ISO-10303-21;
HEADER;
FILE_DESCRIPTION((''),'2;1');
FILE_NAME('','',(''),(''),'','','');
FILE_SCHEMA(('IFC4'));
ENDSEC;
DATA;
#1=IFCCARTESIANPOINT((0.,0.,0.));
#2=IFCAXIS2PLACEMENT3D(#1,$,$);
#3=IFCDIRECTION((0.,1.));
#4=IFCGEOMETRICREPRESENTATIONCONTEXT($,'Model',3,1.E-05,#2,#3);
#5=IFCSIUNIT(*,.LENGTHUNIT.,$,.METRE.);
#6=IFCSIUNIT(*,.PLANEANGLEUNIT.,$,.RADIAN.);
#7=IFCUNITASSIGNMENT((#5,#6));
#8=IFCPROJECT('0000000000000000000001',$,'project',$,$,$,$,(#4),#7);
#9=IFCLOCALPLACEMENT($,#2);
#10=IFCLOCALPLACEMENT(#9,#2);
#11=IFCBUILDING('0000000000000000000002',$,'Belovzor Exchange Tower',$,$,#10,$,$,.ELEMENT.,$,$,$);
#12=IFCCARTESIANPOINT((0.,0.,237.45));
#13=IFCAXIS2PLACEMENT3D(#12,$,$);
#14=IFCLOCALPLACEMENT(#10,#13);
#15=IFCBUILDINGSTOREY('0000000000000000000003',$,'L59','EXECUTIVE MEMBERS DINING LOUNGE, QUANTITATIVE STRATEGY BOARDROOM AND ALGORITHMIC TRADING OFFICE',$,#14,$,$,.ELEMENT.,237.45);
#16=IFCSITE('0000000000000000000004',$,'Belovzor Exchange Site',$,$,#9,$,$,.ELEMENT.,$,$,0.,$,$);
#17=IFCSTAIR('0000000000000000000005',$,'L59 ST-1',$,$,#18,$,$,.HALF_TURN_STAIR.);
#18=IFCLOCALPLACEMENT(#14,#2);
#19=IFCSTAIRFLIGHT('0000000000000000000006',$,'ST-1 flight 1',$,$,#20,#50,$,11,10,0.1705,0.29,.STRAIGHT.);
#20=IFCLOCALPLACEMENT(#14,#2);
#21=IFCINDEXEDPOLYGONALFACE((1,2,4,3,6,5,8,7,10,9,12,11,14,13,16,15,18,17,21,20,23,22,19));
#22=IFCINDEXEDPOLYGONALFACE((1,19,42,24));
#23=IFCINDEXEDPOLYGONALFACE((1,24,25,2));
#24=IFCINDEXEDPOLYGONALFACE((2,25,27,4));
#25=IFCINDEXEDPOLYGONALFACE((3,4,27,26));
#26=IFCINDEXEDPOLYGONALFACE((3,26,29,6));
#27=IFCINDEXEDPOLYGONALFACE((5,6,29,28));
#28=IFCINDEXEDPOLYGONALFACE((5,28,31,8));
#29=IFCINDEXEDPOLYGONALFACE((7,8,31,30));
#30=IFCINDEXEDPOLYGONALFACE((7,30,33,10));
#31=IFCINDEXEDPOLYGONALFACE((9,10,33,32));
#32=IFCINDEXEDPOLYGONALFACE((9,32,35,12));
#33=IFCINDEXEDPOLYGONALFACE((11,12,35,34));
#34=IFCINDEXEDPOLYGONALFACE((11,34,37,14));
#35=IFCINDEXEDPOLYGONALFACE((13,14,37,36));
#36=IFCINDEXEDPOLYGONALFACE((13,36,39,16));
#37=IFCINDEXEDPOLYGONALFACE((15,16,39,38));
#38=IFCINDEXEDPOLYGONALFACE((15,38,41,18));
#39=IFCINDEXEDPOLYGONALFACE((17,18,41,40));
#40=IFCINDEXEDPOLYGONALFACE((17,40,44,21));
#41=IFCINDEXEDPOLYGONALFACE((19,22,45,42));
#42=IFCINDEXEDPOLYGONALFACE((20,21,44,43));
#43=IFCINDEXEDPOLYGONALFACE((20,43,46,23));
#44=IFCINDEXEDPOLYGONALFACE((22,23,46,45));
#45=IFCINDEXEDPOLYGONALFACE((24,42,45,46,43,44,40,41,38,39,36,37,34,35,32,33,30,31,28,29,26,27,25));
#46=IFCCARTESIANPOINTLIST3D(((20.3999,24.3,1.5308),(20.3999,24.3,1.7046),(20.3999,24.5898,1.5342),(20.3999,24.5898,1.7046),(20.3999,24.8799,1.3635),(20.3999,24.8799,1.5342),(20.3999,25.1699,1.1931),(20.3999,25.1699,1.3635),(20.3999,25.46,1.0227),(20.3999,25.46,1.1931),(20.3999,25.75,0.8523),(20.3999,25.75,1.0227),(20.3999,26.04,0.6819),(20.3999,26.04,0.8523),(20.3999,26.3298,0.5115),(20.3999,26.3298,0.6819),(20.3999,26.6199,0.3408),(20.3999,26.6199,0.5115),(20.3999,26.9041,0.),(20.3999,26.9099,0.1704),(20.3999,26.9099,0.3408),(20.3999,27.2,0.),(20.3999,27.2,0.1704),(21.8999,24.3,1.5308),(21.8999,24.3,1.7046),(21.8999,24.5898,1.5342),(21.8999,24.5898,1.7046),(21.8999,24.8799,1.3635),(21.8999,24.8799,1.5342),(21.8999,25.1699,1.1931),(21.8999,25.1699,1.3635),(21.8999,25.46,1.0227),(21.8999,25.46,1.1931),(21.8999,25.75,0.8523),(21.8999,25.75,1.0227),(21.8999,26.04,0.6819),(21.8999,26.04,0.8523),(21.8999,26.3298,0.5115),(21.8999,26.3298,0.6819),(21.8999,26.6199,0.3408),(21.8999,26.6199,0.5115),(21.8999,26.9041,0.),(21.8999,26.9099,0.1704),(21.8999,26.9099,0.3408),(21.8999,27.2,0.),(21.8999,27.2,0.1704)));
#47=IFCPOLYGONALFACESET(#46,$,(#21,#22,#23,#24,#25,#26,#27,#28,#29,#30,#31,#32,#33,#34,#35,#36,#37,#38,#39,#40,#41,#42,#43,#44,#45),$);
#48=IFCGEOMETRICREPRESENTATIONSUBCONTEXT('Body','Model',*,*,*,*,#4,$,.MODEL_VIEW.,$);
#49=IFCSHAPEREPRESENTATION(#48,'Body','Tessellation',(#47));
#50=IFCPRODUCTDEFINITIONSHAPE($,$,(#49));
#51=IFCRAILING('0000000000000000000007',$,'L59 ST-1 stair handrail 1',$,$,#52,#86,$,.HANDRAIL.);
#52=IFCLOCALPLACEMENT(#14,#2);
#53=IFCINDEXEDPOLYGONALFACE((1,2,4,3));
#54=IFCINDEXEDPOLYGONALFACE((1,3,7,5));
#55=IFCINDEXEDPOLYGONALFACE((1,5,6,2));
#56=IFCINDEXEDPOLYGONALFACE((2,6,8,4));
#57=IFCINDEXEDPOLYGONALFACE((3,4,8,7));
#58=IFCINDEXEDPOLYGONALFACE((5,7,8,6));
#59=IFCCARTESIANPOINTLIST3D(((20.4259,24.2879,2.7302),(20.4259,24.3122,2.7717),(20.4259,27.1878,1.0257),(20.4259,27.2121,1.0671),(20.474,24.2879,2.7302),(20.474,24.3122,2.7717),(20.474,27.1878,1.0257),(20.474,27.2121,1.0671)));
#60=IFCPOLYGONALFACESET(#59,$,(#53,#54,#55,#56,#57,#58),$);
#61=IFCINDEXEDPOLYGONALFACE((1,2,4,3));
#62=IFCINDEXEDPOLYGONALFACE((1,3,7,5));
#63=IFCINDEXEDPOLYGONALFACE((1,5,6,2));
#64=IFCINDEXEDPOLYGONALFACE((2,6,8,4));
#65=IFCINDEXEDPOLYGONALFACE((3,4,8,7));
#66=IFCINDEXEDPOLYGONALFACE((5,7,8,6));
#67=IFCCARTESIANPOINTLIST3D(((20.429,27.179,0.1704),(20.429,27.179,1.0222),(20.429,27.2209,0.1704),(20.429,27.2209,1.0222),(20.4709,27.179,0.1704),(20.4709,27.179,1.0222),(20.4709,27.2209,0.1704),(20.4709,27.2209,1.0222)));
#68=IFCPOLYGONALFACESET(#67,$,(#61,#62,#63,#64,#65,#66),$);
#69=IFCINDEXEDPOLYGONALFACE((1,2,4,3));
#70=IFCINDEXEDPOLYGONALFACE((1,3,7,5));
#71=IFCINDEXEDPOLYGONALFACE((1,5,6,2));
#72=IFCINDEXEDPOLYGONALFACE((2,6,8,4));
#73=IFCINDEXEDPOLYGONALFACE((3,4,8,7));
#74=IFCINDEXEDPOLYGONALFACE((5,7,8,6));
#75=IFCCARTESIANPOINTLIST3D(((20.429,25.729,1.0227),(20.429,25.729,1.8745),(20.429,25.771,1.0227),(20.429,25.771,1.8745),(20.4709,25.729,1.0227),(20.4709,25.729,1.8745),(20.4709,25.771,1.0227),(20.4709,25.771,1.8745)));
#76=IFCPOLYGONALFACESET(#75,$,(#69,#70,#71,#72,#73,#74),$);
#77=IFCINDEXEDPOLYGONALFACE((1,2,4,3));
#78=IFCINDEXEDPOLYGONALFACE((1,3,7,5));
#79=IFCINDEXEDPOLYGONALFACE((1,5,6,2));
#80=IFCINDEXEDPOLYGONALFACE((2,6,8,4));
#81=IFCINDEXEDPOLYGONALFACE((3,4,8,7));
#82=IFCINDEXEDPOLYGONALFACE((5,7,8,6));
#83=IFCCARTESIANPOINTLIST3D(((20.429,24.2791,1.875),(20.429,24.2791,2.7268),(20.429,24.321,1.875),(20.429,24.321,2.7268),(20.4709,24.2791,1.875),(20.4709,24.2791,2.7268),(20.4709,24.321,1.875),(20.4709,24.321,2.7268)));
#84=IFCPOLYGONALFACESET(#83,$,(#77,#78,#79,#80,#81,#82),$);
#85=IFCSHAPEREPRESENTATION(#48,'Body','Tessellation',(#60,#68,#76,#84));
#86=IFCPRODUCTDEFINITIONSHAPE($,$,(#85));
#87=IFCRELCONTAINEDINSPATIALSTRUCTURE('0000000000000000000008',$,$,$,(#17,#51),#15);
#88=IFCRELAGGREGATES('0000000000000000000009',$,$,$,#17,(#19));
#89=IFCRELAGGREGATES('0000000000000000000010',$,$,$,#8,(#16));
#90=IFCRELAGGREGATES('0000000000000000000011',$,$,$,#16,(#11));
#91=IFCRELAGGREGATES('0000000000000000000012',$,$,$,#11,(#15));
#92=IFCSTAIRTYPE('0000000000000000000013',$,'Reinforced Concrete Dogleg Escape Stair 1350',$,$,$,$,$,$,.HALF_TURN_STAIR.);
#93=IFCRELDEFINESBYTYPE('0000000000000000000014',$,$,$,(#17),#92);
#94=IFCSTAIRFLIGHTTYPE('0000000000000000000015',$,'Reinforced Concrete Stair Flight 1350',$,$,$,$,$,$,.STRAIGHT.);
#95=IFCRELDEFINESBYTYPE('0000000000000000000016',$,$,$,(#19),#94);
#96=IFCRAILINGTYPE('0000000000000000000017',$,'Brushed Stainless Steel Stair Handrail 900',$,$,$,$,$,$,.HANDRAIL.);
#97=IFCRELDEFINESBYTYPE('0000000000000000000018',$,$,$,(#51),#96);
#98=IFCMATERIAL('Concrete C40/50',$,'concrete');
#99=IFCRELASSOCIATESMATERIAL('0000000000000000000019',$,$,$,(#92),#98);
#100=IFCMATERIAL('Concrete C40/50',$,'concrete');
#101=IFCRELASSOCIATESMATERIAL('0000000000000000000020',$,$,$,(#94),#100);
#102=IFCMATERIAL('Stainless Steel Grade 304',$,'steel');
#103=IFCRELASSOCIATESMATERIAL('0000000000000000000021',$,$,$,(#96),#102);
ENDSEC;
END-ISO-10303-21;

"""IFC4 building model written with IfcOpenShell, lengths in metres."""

from ifc_helpers import new_model, si_unit, direction, frame, origin, origin_2d, place, context, subcontext, project, spatial, polyline, rectangle, outline, extrude, material, type_object, element, aggregate, save


model = new_model("IFC4")

# Units and contexts
model_context = context("Model", 3, precision=1e-05, world=origin(), true_north=direction((0.0, 1.0)))
body_context = subcontext(model_context, "Body", "Model", "MODEL_VIEW")
ifc_project = project(units=[si_unit("LENGTHUNIT", "METRE"), si_unit("PLANEANGLEUNIT", "RADIAN")], contexts=[model_context])

# Site, building, storey
site_placement = place(None, origin())
site = spatial("IfcSite", under=ifc_project, at=site_placement, Name="Belovzor Exchange Site", CompositionType="ELEMENT", RefElevation=0.0)
building_placement = place(site_placement, origin())
building = spatial("IfcBuilding", under=site, at=building_placement, Name="Belovzor Exchange Tower", CompositionType="ELEMENT")
storey_placement = place(building_placement, frame((0.0, 0.0, 237.45)))
storey = spatial("IfcBuildingStorey", under=building, at=storey_placement, Name="L59", Description="EXECUTIVE MEMBERS DINING LOUNGE, QUANTITATIVE STRATEGY BOARDROOM AND ALGORITHMIC TRADING OFFICE", CompositionType="ELEMENT", Elevation=237.45)

# Stair, stair flight
ifc_material_1 = material(Name="Concrete C40/50", Category="concrete")
stair_type = type_object("IfcStairType", Name="Reinforced Concrete Dogleg Escape Stair 1350", PredefinedType="HALF_TURN_STAIR", material=ifc_material_1)
stair_placement = place(storey_placement, origin())
stair = element("IfcStair", 1, at=stair_placement, inside=storey, type_object=stair_type, Name="L59 ST-1", PredefinedType="HALF_TURN_STAIR")
ifc_material_2 = material(Name="Concrete C40/50", Category="concrete")
stair_flight_type = type_object("IfcStairFlightType", Name="Reinforced Concrete Stair Flight 1350", PredefinedType="STRAIGHT", material=ifc_material_2)
stair_flight_placement = place(storey_placement, frame((21.1499, 27.2, 0.0), z_axis=(0.0, 0.0, 1.0), x_axis=(0.0, -1.0, 0.0)))
stair_flight = element("IfcStairFlight", 2, at=stair_flight_placement, type_object=stair_flight_type, Name="ST-1 flight 1", NumberOfRisers=11, NumberOfTreads=10, PredefinedType="STRAIGHT", RiserHeight=0.1705, TreadLength=0.29, context=body_context, shape_type="SweptSolid", body=[
    extrude(outline(polyline([(0.0, 0.0), (0.0, 0.1704), (0.29, 0.1704), (0.29, 0.3408), (0.5801, 0.3408), (0.5801, 0.5115), (0.8701, 0.5115), (0.8701, 0.6819), (1.1599, 0.6819), (1.1599, 0.8523), (1.45, 0.8523), (1.45, 1.0227), (1.74, 1.0227), (1.74, 1.1931), (2.03, 1.1931), (2.03, 1.3635), (2.3201, 1.3635), (2.3201, 1.5342), (2.6101, 1.5342), (2.6101, 1.7046), (2.8999, 1.7046), (2.8999, 1.875), (2.8999, 1.5308), (0.2959, 0.0), (0.0, 0.0)])), frame((0.0, 0.75, 0.0), z_axis=(0.0, -1.0, 0.0), x_axis=(1.0, 0.0, 0.0)), (0.0, 0.0, 1.0), 1.5),
])
aggregate(stair, [stair_flight])

# Railing
ifc_material_3 = material(Name="Stainless Steel Grade 304", Category="steel")
railing_type_1 = type_object("IfcRailingType", Name="Brushed Stainless Steel Stair Handrail 900", PredefinedType="HANDRAIL", material=ifc_material_3)
railing_1_placement = place(storey_placement, frame((20.45, 27.2, 0.1704)))
element("IfcRailing", 3, at=railing_1_placement, inside=storey, type_object=railing_type_1, Name="L59 ST-1 stair handrail 1", PredefinedType="HANDRAIL", context=body_context, shape_type="SweptSolid", body=[
    extrude(rectangle(XDim=0.0481, YDim=0.0481, at=origin_2d()), frame((0.0, 0.0, 0.876), z_axis=(0.0, -0.862095, 0.506747), x_axis=(1.0, 0.0, 0.0)), (0.0, 0.0, 1.0), 3.3638),
    extrude(rectangle(XDim=0.042, YDim=0.042, at=origin_2d()), origin(), (0.0, 0.0, 1.0), 0.8518),
    extrude(rectangle(XDim=0.042, YDim=0.042, at=origin_2d()), frame((0.0, -1.45, 0.8523)), (0.0, 0.0, 1.0), 0.8518),
    extrude(rectangle(XDim=0.042, YDim=0.042, at=origin_2d()), frame((0.0, -2.8999, 1.7046)), (0.0, 0.0, 1.0), 0.8518),
])

save(model, "model.ifc")
